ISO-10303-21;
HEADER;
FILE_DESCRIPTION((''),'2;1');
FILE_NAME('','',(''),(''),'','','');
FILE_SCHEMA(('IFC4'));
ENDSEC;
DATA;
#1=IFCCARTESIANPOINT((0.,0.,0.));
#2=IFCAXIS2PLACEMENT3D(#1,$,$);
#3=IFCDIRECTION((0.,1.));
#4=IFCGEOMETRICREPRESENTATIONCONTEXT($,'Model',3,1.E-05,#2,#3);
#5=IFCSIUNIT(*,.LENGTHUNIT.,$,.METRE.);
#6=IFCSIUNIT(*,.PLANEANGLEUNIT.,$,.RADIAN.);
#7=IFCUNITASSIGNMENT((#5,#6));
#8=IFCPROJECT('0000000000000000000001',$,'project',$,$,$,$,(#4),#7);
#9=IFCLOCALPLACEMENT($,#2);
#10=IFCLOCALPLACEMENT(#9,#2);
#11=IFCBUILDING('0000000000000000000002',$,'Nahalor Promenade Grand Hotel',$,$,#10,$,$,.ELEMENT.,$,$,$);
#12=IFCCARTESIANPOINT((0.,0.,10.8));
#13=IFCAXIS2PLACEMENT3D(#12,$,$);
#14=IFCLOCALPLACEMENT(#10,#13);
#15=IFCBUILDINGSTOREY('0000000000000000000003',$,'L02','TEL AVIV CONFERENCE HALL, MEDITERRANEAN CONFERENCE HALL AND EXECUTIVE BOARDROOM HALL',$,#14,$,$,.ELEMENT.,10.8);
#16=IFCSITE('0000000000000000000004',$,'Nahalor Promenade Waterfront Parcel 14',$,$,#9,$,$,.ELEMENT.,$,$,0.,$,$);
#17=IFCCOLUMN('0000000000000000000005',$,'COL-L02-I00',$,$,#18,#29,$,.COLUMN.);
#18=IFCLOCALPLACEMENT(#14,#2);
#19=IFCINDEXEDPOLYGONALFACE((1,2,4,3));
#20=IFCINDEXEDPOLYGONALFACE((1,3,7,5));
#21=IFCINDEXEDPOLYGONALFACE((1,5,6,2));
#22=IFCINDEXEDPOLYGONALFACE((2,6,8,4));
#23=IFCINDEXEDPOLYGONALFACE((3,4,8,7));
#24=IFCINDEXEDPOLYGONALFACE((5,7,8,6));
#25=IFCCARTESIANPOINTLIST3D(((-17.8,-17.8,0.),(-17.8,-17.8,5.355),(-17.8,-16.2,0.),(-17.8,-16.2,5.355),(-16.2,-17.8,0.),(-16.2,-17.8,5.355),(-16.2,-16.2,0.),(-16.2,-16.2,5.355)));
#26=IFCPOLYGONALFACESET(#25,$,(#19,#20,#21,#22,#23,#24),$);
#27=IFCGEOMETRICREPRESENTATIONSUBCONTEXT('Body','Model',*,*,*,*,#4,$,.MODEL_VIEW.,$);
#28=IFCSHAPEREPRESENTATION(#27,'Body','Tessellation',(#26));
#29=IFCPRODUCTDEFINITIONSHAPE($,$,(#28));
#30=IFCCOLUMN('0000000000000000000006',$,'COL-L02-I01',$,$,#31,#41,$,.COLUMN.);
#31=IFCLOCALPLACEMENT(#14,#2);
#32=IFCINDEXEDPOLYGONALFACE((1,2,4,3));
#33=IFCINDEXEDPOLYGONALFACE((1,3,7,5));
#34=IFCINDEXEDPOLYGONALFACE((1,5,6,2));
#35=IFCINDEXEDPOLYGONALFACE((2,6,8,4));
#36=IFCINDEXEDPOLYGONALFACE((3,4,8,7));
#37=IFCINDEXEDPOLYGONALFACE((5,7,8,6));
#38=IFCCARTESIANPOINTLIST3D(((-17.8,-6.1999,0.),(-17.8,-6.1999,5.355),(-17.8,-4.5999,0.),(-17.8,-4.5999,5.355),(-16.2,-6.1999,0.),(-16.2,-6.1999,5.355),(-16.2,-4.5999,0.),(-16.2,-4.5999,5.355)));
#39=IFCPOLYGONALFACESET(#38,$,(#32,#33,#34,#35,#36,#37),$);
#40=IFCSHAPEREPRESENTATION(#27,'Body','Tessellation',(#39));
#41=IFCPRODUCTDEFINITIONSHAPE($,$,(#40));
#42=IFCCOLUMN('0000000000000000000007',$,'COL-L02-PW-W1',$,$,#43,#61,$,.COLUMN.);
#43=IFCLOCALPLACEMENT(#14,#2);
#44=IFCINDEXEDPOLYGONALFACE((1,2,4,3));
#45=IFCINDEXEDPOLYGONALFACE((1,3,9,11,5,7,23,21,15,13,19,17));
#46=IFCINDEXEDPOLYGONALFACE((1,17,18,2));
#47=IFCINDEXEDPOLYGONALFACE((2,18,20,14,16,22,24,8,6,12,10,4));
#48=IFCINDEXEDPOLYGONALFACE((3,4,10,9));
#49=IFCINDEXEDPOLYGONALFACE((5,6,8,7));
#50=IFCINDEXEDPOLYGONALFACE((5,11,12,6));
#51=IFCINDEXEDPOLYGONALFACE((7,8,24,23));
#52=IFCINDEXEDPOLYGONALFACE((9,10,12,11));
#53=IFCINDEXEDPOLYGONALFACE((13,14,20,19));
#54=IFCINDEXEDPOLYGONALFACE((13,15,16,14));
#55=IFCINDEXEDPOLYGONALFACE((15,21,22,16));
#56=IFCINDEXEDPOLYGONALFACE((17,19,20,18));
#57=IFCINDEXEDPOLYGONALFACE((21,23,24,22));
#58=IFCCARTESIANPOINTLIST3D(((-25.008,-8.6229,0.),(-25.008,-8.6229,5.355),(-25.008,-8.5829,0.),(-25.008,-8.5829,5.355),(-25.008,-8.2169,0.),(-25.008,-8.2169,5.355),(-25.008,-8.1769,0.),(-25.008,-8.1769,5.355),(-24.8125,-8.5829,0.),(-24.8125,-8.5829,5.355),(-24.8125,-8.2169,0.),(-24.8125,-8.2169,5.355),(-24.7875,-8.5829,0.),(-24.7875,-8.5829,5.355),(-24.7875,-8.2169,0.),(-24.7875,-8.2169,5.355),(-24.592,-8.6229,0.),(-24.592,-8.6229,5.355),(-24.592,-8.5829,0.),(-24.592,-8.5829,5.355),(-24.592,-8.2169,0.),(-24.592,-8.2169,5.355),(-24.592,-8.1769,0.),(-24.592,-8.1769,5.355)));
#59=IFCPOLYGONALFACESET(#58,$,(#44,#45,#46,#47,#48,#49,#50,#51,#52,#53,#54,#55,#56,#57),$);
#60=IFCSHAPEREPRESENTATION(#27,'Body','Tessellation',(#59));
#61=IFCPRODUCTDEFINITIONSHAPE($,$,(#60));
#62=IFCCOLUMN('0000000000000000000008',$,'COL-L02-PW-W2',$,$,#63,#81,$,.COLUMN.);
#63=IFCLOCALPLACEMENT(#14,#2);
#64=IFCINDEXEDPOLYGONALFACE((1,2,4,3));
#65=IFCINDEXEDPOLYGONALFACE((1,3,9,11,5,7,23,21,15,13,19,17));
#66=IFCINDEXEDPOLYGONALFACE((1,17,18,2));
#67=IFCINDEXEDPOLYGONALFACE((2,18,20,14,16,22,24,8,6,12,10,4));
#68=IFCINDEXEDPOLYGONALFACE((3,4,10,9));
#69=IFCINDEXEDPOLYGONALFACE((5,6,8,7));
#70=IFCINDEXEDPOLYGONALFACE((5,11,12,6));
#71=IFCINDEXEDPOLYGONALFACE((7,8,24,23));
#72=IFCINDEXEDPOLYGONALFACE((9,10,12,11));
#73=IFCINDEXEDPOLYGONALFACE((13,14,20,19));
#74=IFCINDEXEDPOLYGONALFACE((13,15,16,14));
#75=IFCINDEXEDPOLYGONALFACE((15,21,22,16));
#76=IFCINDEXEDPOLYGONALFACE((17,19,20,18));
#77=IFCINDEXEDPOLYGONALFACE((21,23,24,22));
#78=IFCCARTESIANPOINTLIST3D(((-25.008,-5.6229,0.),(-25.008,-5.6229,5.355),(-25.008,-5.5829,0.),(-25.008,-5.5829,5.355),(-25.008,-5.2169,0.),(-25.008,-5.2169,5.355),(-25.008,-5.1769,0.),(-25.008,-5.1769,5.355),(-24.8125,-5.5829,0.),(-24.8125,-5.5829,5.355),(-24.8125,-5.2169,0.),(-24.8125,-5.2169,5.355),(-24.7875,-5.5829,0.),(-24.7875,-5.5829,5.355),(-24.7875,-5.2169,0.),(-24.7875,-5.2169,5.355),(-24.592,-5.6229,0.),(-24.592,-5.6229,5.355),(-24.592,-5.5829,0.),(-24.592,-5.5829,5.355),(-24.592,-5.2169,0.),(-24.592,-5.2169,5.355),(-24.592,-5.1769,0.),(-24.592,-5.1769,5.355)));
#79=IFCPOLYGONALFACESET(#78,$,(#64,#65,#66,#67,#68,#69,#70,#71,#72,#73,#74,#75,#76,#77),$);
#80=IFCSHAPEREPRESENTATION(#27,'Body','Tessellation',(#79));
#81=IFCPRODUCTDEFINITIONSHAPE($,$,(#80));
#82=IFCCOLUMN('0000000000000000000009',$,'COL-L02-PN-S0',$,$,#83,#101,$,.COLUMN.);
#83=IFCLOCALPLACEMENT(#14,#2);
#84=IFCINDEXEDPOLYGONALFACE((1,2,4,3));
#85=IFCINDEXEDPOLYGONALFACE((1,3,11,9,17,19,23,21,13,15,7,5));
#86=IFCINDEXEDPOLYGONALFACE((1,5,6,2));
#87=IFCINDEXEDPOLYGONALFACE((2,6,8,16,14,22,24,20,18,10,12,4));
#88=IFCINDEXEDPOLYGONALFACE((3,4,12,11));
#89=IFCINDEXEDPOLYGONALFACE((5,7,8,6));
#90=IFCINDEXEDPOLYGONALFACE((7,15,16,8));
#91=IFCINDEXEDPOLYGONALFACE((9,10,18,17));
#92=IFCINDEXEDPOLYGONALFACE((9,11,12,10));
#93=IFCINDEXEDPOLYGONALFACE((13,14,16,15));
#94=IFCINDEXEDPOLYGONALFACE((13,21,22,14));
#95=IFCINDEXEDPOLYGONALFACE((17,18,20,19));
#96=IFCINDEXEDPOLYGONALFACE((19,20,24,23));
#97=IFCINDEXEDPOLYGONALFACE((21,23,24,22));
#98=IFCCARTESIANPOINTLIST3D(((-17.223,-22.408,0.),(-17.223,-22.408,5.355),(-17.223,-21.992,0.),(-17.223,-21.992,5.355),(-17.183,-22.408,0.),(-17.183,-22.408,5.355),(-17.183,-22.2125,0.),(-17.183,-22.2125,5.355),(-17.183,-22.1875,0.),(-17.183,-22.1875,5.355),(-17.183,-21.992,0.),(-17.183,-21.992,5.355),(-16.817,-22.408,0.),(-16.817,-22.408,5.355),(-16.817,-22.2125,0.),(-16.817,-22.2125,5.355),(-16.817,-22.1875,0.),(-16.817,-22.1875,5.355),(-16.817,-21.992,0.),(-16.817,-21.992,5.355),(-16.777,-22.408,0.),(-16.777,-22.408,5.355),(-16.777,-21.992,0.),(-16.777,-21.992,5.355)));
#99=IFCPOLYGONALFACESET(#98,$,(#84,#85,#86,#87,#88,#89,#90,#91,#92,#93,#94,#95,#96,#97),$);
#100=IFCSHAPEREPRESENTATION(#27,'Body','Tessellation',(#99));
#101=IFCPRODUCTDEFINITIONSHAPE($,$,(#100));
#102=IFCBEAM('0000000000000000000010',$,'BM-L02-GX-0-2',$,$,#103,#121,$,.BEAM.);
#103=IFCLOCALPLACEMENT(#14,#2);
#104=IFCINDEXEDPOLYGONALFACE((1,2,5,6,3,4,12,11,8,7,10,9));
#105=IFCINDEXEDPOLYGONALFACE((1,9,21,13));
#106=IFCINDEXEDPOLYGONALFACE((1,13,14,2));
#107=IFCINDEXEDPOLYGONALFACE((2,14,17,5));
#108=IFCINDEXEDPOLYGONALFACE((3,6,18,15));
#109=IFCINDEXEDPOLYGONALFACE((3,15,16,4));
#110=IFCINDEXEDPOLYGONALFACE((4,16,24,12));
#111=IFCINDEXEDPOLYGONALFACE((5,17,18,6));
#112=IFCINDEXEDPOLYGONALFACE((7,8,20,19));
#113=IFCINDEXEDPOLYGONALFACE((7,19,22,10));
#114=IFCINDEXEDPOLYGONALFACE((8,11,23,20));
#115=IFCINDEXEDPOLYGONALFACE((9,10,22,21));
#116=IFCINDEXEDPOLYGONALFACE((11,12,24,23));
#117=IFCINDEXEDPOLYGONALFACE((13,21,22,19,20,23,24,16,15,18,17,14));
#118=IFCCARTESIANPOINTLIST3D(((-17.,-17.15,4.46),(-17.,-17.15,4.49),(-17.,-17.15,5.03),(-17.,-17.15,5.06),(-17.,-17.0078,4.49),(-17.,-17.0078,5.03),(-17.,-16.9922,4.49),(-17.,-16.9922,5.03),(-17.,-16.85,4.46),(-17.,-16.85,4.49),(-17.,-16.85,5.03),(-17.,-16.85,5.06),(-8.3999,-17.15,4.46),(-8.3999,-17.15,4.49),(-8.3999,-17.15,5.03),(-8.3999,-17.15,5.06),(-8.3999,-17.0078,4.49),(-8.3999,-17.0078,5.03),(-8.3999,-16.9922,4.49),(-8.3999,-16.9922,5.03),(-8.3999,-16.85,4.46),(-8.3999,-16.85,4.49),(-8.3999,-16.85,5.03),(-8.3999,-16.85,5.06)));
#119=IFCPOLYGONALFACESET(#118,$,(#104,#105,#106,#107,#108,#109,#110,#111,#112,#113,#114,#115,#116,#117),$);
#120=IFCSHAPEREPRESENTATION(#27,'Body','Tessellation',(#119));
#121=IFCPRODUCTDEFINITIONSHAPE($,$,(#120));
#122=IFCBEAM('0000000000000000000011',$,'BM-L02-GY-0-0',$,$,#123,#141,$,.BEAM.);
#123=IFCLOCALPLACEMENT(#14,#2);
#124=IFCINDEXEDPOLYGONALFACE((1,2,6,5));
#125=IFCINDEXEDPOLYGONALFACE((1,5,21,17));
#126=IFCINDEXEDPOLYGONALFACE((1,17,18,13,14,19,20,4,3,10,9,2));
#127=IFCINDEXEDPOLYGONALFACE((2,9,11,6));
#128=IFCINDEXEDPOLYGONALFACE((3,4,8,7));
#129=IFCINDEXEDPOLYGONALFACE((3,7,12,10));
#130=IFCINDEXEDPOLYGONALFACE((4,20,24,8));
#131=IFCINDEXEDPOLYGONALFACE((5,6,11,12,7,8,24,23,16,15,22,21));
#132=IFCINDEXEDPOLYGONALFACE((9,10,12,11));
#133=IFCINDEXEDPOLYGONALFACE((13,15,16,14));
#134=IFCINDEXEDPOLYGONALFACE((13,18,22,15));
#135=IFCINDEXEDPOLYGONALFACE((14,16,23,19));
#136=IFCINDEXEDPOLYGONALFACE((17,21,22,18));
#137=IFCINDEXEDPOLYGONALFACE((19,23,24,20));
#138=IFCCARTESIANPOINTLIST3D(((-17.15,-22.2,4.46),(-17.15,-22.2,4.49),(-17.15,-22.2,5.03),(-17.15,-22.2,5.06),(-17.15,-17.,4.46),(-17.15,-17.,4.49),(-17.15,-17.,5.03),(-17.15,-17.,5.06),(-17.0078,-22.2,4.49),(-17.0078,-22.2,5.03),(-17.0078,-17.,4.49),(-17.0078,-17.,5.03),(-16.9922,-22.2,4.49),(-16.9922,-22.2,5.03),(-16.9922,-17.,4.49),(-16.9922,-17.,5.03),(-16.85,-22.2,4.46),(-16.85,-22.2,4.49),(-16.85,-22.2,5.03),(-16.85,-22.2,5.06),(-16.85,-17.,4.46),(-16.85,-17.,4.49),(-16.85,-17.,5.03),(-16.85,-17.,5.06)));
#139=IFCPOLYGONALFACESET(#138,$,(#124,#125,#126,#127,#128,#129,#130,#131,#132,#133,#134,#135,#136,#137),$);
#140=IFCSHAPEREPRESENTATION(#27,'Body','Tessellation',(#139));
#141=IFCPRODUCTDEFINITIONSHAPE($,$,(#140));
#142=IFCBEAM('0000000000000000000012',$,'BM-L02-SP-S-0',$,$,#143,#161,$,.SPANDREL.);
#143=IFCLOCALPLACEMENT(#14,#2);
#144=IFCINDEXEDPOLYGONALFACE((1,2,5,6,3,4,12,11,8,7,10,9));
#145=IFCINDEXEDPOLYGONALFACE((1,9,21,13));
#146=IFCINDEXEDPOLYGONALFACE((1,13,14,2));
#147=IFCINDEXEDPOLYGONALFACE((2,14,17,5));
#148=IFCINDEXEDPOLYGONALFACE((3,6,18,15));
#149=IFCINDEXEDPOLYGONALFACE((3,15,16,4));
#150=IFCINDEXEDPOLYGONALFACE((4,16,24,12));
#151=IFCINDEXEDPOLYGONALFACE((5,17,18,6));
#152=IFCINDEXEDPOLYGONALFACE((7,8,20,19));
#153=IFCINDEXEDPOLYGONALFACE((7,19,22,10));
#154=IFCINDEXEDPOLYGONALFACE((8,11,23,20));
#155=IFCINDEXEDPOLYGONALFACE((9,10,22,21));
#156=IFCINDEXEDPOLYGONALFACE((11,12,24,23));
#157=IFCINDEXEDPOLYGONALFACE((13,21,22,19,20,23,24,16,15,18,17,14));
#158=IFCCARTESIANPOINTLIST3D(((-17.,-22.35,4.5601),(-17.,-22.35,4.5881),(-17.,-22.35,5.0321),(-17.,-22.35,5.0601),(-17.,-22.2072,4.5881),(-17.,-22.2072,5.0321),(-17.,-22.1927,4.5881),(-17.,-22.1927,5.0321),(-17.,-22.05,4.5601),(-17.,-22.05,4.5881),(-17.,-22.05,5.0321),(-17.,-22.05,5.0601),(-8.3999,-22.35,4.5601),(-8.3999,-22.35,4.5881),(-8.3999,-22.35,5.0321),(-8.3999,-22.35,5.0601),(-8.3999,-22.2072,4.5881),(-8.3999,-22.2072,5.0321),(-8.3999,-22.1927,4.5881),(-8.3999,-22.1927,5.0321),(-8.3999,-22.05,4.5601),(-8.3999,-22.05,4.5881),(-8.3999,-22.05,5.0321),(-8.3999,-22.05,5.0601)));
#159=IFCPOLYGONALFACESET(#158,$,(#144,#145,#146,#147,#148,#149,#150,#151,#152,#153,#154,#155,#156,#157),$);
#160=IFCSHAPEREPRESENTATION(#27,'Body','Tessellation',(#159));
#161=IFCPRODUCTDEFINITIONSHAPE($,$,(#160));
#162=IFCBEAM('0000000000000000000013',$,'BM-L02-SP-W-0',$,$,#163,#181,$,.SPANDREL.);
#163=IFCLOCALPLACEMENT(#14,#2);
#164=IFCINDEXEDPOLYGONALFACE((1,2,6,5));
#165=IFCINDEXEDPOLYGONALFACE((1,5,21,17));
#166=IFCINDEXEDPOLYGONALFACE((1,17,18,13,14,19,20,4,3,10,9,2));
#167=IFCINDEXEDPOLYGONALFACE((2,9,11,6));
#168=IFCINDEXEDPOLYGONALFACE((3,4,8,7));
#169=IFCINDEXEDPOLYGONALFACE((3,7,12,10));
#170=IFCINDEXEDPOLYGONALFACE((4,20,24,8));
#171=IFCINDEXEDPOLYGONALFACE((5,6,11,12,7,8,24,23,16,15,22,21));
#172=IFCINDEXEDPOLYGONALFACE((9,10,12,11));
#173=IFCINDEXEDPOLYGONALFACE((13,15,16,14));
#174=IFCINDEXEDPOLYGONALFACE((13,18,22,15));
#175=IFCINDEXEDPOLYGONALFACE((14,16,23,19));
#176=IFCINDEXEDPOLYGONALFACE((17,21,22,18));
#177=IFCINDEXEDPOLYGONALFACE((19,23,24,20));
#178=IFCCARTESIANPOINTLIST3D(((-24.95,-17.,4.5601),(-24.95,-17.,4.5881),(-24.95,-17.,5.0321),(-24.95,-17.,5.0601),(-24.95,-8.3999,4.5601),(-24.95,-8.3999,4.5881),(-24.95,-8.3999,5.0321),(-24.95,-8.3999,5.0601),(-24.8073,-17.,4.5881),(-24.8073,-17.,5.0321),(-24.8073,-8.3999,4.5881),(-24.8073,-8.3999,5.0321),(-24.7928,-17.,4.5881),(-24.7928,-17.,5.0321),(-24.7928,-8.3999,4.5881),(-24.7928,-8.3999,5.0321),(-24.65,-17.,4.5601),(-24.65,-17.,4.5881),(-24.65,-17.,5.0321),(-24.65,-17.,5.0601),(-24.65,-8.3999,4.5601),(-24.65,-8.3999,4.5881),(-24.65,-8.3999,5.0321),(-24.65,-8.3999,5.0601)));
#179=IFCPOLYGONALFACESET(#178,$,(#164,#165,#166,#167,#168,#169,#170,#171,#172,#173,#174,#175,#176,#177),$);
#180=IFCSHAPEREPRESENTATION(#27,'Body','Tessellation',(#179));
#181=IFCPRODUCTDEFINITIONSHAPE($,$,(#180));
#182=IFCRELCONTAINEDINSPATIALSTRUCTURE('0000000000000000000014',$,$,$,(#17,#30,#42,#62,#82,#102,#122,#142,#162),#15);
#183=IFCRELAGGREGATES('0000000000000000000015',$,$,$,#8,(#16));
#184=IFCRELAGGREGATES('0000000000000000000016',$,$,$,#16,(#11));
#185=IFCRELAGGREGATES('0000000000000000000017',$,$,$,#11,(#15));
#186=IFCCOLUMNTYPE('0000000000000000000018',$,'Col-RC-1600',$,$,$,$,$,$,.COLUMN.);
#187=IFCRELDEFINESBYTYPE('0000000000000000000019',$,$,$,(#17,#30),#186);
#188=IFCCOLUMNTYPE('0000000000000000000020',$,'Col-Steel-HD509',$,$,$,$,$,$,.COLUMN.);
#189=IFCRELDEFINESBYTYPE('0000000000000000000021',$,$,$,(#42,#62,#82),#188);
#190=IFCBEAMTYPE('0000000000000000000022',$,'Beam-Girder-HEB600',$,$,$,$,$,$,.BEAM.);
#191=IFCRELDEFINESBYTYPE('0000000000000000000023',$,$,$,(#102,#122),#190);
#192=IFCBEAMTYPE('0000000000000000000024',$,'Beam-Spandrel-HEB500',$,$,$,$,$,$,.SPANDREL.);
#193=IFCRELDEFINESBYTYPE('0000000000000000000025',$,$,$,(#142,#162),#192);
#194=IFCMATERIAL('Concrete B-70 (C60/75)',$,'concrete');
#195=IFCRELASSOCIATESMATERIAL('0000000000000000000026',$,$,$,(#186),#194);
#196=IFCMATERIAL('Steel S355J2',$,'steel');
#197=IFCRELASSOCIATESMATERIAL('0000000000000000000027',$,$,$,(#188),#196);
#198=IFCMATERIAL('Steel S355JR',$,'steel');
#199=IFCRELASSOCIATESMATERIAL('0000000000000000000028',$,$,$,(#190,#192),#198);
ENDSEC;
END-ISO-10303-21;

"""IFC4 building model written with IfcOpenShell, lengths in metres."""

from ifc_helpers import new_model, si_unit, direction, frame, origin, origin_2d, place, context, subcontext, project, spatial, rectangle, i_section, extrude, source, transform, mapped, material, material_profile, profile_set, type_object, element, save


model = new_model("IFC4")

# Units and contexts
model_context = context("Model", 3, precision=1e-05, world=origin(), true_north=direction((0.0, 1.0)))
body_context = subcontext(model_context, "Body", "Model", "MODEL_VIEW")
ifc_project = project(units=[si_unit("LENGTHUNIT", "METRE"), si_unit("PLANEANGLEUNIT", "RADIAN")], contexts=[model_context])

# Site, building, storey
site_placement = place(None, origin())
site = spatial("IfcSite", under=ifc_project, at=site_placement, Name="Nahalor Promenade Waterfront Parcel 14", CompositionType="ELEMENT", RefElevation=0.0)
building_placement = place(site_placement, origin())
building = spatial("IfcBuilding", under=site, at=building_placement, Name="Nahalor Promenade Grand Hotel", CompositionType="ELEMENT")
storey_placement = place(building_placement, frame((0.0, 0.0, 10.8)))
storey = spatial("IfcBuildingStorey", under=building, at=storey_placement, Name="L02", Description="TEL AVIV CONFERENCE HALL, MEDITERRANEAN CONFERENCE HALL AND EXECUTIVE BOARDROOM HALL", CompositionType="ELEMENT", Elevation=10.8)

# Columns
ifc_material_1 = material(Name="Concrete B-70 (C60/75)", Category="concrete")
ifc_material_profile_1 = material_profile(ifc_material_1, rectangle(XDim=1.6, YDim=1.6, at=origin_2d()), Name="RC 1600x1600")
ifc_profile_set_1 = profile_set([ifc_material_profile_1], Name="Concrete B-70 (C60/75)")
column_type_1 = type_object("IfcColumnType", Name="Col-RC-1600", PredefinedType="COLUMN", material=ifc_profile_set_1)
shared_shape_1 = source(origin(), body_context, "Body", "SweptSolid", [
    extrude(rectangle(XDim=1.6, YDim=1.6, at=origin_2d()), origin(), (0.0, 0.0, 1.0), 5.355),
])
for number, where, z_axis, x_axis, name in (
    (1, (-17.0, -17.0, 0.0), (0.0, 0.0, 1.0), (1.0, 0.0, 0.0), "COL-L02-I00"),
    (2, (-17.0, -5.3999, 0.0), (0.0, 0.0, 1.0), (1.0, 0.0, 0.0), "COL-L02-I01"),
):
    element("IfcColumn", number, at=place(storey_placement, frame(where, z_axis=z_axis, x_axis=x_axis)), inside=storey, type_object=column_type_1, Name=name, PredefinedType="COLUMN", context=body_context, shape_type="MappedRepresentation", body=[
        mapped(shared_shape_1, transform((0.0, 0.0, 0.0), scale=1.0)),
    ])
ifc_material_2 = material(Name="Steel S355J2", Category="steel")
ifc_material_profile_2 = material_profile(ifc_material_2, i_section(OverallWidth=0.416, OverallDepth=0.446, WebThickness=0.025, FlangeThickness=0.04, at=origin_2d()), Name="HD 400x509")
ifc_profile_set_2 = profile_set([ifc_material_profile_2], Name="Steel S355J2")
column_type_2 = type_object("IfcColumnType", Name="Col-Steel-HD509", PredefinedType="COLUMN", material=ifc_profile_set_2)
shared_shape_2 = source(origin(), body_context, "Body", "SweptSolid", [
    extrude(i_section(OverallWidth=0.416, OverallDepth=0.446, WebThickness=0.025, FlangeThickness=0.04, at=origin_2d()), origin(), (0.0, 0.0, 1.0), 5.355),
])
for number, where, z_axis, x_axis, name in (
    (3, (-24.8, -8.3999, 0.0), (0.0, 0.0, 1.0), (1.0, 0.0, 0.0), "COL-L02-PW-W1"),
    (4, (-24.8, -5.3999, 0.0), (0.0, 0.0, 1.0), (1.0, 0.0, 0.0), "COL-L02-PW-W2"),
    (5, (-17.0, -22.2, 0.0), (0.0, 0.0, 1.0), (0.0, 1.0, 0.0), "COL-L02-PN-S0"),
):
    element("IfcColumn", number, at=place(storey_placement, frame(where, z_axis=z_axis, x_axis=x_axis)), inside=storey, type_object=column_type_2, Name=name, PredefinedType="COLUMN", context=body_context, shape_type="MappedRepresentation", body=[
        mapped(shared_shape_2, transform((0.0, 0.0, 0.0), scale=1.0)),
    ])

# Beams
ifc_material_3 = material(Name="Steel S355JR", Category="steel")
ifc_material_profile_3 = material_profile(ifc_material_3, i_section(OverallWidth=0.3, OverallDepth=0.6, WebThickness=0.0155, FlangeThickness=0.03, at=origin_2d()), Name="HEB 600")
ifc_profile_set_3 = profile_set([ifc_material_profile_3], Name="Steel S355JR")
beam_type_1 = type_object("IfcBeamType", Name="Beam-Girder-HEB600", PredefinedType="BEAM", material=ifc_profile_set_3)
shared_shape_3 = source(origin(), body_context, "Body", "SweptSolid", [
    extrude(i_section(OverallWidth=0.3, OverallDepth=0.6, WebThickness=0.0155, FlangeThickness=0.03, at=origin_2d()), origin(), (0.0, 0.0, 1.0), 8.6001),
])
beam_1_placement = place(storey_placement, frame((-17.0, -17.0, 4.76), z_axis=(1.0, 0.0, 0.0), x_axis=(0.0, 1.0, 0.0)))
element("IfcBeam", 6, at=beam_1_placement, inside=storey, type_object=beam_type_1, Name="BM-L02-GX-0-2", PredefinedType="BEAM", context=body_context, shape_type="MappedRepresentation", body=[
    mapped(shared_shape_3, transform((0.0, 0.0, 0.0), scale=1.0)),
])
shared_shape_4 = source(origin(), body_context, "Body", "SweptSolid", [
    extrude(i_section(OverallWidth=0.3, OverallDepth=0.6, WebThickness=0.0155, FlangeThickness=0.03, at=origin_2d()), origin(), (0.0, 0.0, 1.0), 5.2),
])
beam_2_placement = place(storey_placement, frame((-17.0, -22.2, 4.76), z_axis=(0.0, 1.0, 0.0), x_axis=(-1.0, 0.0, 0.0)))
element("IfcBeam", 7, at=beam_2_placement, inside=storey, type_object=beam_type_1, Name="BM-L02-GY-0-0", PredefinedType="BEAM", context=body_context, shape_type="MappedRepresentation", body=[
    mapped(shared_shape_4, transform((0.0, 0.0, 0.0), scale=1.0)),
])
ifc_material_profile_4 = material_profile(ifc_material_3, i_section(OverallWidth=0.3, OverallDepth=0.5, WebThickness=0.0145, FlangeThickness=0.028, at=origin_2d()), Name="HEB 500")
ifc_profile_set_4 = profile_set([ifc_material_profile_4], Name="Steel S355JR")
beam_type_2 = type_object("IfcBeamType", Name="Beam-Spandrel-HEB500", PredefinedType="SPANDREL", material=ifc_profile_set_4)
shared_shape_5 = source(origin(), body_context, "Body", "SweptSolid", [
    extrude(i_section(OverallWidth=0.3, OverallDepth=0.5, WebThickness=0.0145, FlangeThickness=0.028, at=origin_2d()), origin(), (0.0, 0.0, 1.0), 8.6001),
])
for number, where, z_axis, x_axis, name in (
    (8, (-17.0, -22.2, 4.8101), (1.0, 0.0, 0.0), (0.0, 1.0, 0.0), "BM-L02-SP-S-0"),
    (9, (-24.8, -17.0, 4.8101), (0.0, 1.0, 0.0), (-1.0, 0.0, 0.0), "BM-L02-SP-W-0"),
):
    element("IfcBeam", number, at=place(storey_placement, frame(where, z_axis=z_axis, x_axis=x_axis)), inside=storey, type_object=beam_type_2, Name=name, PredefinedType="SPANDREL", context=body_context, shape_type="MappedRepresentation", body=[
        mapped(shared_shape_5, transform((0.0, 0.0, 0.0), scale=1.0)),
    ])

save(model, "model.ifc")
